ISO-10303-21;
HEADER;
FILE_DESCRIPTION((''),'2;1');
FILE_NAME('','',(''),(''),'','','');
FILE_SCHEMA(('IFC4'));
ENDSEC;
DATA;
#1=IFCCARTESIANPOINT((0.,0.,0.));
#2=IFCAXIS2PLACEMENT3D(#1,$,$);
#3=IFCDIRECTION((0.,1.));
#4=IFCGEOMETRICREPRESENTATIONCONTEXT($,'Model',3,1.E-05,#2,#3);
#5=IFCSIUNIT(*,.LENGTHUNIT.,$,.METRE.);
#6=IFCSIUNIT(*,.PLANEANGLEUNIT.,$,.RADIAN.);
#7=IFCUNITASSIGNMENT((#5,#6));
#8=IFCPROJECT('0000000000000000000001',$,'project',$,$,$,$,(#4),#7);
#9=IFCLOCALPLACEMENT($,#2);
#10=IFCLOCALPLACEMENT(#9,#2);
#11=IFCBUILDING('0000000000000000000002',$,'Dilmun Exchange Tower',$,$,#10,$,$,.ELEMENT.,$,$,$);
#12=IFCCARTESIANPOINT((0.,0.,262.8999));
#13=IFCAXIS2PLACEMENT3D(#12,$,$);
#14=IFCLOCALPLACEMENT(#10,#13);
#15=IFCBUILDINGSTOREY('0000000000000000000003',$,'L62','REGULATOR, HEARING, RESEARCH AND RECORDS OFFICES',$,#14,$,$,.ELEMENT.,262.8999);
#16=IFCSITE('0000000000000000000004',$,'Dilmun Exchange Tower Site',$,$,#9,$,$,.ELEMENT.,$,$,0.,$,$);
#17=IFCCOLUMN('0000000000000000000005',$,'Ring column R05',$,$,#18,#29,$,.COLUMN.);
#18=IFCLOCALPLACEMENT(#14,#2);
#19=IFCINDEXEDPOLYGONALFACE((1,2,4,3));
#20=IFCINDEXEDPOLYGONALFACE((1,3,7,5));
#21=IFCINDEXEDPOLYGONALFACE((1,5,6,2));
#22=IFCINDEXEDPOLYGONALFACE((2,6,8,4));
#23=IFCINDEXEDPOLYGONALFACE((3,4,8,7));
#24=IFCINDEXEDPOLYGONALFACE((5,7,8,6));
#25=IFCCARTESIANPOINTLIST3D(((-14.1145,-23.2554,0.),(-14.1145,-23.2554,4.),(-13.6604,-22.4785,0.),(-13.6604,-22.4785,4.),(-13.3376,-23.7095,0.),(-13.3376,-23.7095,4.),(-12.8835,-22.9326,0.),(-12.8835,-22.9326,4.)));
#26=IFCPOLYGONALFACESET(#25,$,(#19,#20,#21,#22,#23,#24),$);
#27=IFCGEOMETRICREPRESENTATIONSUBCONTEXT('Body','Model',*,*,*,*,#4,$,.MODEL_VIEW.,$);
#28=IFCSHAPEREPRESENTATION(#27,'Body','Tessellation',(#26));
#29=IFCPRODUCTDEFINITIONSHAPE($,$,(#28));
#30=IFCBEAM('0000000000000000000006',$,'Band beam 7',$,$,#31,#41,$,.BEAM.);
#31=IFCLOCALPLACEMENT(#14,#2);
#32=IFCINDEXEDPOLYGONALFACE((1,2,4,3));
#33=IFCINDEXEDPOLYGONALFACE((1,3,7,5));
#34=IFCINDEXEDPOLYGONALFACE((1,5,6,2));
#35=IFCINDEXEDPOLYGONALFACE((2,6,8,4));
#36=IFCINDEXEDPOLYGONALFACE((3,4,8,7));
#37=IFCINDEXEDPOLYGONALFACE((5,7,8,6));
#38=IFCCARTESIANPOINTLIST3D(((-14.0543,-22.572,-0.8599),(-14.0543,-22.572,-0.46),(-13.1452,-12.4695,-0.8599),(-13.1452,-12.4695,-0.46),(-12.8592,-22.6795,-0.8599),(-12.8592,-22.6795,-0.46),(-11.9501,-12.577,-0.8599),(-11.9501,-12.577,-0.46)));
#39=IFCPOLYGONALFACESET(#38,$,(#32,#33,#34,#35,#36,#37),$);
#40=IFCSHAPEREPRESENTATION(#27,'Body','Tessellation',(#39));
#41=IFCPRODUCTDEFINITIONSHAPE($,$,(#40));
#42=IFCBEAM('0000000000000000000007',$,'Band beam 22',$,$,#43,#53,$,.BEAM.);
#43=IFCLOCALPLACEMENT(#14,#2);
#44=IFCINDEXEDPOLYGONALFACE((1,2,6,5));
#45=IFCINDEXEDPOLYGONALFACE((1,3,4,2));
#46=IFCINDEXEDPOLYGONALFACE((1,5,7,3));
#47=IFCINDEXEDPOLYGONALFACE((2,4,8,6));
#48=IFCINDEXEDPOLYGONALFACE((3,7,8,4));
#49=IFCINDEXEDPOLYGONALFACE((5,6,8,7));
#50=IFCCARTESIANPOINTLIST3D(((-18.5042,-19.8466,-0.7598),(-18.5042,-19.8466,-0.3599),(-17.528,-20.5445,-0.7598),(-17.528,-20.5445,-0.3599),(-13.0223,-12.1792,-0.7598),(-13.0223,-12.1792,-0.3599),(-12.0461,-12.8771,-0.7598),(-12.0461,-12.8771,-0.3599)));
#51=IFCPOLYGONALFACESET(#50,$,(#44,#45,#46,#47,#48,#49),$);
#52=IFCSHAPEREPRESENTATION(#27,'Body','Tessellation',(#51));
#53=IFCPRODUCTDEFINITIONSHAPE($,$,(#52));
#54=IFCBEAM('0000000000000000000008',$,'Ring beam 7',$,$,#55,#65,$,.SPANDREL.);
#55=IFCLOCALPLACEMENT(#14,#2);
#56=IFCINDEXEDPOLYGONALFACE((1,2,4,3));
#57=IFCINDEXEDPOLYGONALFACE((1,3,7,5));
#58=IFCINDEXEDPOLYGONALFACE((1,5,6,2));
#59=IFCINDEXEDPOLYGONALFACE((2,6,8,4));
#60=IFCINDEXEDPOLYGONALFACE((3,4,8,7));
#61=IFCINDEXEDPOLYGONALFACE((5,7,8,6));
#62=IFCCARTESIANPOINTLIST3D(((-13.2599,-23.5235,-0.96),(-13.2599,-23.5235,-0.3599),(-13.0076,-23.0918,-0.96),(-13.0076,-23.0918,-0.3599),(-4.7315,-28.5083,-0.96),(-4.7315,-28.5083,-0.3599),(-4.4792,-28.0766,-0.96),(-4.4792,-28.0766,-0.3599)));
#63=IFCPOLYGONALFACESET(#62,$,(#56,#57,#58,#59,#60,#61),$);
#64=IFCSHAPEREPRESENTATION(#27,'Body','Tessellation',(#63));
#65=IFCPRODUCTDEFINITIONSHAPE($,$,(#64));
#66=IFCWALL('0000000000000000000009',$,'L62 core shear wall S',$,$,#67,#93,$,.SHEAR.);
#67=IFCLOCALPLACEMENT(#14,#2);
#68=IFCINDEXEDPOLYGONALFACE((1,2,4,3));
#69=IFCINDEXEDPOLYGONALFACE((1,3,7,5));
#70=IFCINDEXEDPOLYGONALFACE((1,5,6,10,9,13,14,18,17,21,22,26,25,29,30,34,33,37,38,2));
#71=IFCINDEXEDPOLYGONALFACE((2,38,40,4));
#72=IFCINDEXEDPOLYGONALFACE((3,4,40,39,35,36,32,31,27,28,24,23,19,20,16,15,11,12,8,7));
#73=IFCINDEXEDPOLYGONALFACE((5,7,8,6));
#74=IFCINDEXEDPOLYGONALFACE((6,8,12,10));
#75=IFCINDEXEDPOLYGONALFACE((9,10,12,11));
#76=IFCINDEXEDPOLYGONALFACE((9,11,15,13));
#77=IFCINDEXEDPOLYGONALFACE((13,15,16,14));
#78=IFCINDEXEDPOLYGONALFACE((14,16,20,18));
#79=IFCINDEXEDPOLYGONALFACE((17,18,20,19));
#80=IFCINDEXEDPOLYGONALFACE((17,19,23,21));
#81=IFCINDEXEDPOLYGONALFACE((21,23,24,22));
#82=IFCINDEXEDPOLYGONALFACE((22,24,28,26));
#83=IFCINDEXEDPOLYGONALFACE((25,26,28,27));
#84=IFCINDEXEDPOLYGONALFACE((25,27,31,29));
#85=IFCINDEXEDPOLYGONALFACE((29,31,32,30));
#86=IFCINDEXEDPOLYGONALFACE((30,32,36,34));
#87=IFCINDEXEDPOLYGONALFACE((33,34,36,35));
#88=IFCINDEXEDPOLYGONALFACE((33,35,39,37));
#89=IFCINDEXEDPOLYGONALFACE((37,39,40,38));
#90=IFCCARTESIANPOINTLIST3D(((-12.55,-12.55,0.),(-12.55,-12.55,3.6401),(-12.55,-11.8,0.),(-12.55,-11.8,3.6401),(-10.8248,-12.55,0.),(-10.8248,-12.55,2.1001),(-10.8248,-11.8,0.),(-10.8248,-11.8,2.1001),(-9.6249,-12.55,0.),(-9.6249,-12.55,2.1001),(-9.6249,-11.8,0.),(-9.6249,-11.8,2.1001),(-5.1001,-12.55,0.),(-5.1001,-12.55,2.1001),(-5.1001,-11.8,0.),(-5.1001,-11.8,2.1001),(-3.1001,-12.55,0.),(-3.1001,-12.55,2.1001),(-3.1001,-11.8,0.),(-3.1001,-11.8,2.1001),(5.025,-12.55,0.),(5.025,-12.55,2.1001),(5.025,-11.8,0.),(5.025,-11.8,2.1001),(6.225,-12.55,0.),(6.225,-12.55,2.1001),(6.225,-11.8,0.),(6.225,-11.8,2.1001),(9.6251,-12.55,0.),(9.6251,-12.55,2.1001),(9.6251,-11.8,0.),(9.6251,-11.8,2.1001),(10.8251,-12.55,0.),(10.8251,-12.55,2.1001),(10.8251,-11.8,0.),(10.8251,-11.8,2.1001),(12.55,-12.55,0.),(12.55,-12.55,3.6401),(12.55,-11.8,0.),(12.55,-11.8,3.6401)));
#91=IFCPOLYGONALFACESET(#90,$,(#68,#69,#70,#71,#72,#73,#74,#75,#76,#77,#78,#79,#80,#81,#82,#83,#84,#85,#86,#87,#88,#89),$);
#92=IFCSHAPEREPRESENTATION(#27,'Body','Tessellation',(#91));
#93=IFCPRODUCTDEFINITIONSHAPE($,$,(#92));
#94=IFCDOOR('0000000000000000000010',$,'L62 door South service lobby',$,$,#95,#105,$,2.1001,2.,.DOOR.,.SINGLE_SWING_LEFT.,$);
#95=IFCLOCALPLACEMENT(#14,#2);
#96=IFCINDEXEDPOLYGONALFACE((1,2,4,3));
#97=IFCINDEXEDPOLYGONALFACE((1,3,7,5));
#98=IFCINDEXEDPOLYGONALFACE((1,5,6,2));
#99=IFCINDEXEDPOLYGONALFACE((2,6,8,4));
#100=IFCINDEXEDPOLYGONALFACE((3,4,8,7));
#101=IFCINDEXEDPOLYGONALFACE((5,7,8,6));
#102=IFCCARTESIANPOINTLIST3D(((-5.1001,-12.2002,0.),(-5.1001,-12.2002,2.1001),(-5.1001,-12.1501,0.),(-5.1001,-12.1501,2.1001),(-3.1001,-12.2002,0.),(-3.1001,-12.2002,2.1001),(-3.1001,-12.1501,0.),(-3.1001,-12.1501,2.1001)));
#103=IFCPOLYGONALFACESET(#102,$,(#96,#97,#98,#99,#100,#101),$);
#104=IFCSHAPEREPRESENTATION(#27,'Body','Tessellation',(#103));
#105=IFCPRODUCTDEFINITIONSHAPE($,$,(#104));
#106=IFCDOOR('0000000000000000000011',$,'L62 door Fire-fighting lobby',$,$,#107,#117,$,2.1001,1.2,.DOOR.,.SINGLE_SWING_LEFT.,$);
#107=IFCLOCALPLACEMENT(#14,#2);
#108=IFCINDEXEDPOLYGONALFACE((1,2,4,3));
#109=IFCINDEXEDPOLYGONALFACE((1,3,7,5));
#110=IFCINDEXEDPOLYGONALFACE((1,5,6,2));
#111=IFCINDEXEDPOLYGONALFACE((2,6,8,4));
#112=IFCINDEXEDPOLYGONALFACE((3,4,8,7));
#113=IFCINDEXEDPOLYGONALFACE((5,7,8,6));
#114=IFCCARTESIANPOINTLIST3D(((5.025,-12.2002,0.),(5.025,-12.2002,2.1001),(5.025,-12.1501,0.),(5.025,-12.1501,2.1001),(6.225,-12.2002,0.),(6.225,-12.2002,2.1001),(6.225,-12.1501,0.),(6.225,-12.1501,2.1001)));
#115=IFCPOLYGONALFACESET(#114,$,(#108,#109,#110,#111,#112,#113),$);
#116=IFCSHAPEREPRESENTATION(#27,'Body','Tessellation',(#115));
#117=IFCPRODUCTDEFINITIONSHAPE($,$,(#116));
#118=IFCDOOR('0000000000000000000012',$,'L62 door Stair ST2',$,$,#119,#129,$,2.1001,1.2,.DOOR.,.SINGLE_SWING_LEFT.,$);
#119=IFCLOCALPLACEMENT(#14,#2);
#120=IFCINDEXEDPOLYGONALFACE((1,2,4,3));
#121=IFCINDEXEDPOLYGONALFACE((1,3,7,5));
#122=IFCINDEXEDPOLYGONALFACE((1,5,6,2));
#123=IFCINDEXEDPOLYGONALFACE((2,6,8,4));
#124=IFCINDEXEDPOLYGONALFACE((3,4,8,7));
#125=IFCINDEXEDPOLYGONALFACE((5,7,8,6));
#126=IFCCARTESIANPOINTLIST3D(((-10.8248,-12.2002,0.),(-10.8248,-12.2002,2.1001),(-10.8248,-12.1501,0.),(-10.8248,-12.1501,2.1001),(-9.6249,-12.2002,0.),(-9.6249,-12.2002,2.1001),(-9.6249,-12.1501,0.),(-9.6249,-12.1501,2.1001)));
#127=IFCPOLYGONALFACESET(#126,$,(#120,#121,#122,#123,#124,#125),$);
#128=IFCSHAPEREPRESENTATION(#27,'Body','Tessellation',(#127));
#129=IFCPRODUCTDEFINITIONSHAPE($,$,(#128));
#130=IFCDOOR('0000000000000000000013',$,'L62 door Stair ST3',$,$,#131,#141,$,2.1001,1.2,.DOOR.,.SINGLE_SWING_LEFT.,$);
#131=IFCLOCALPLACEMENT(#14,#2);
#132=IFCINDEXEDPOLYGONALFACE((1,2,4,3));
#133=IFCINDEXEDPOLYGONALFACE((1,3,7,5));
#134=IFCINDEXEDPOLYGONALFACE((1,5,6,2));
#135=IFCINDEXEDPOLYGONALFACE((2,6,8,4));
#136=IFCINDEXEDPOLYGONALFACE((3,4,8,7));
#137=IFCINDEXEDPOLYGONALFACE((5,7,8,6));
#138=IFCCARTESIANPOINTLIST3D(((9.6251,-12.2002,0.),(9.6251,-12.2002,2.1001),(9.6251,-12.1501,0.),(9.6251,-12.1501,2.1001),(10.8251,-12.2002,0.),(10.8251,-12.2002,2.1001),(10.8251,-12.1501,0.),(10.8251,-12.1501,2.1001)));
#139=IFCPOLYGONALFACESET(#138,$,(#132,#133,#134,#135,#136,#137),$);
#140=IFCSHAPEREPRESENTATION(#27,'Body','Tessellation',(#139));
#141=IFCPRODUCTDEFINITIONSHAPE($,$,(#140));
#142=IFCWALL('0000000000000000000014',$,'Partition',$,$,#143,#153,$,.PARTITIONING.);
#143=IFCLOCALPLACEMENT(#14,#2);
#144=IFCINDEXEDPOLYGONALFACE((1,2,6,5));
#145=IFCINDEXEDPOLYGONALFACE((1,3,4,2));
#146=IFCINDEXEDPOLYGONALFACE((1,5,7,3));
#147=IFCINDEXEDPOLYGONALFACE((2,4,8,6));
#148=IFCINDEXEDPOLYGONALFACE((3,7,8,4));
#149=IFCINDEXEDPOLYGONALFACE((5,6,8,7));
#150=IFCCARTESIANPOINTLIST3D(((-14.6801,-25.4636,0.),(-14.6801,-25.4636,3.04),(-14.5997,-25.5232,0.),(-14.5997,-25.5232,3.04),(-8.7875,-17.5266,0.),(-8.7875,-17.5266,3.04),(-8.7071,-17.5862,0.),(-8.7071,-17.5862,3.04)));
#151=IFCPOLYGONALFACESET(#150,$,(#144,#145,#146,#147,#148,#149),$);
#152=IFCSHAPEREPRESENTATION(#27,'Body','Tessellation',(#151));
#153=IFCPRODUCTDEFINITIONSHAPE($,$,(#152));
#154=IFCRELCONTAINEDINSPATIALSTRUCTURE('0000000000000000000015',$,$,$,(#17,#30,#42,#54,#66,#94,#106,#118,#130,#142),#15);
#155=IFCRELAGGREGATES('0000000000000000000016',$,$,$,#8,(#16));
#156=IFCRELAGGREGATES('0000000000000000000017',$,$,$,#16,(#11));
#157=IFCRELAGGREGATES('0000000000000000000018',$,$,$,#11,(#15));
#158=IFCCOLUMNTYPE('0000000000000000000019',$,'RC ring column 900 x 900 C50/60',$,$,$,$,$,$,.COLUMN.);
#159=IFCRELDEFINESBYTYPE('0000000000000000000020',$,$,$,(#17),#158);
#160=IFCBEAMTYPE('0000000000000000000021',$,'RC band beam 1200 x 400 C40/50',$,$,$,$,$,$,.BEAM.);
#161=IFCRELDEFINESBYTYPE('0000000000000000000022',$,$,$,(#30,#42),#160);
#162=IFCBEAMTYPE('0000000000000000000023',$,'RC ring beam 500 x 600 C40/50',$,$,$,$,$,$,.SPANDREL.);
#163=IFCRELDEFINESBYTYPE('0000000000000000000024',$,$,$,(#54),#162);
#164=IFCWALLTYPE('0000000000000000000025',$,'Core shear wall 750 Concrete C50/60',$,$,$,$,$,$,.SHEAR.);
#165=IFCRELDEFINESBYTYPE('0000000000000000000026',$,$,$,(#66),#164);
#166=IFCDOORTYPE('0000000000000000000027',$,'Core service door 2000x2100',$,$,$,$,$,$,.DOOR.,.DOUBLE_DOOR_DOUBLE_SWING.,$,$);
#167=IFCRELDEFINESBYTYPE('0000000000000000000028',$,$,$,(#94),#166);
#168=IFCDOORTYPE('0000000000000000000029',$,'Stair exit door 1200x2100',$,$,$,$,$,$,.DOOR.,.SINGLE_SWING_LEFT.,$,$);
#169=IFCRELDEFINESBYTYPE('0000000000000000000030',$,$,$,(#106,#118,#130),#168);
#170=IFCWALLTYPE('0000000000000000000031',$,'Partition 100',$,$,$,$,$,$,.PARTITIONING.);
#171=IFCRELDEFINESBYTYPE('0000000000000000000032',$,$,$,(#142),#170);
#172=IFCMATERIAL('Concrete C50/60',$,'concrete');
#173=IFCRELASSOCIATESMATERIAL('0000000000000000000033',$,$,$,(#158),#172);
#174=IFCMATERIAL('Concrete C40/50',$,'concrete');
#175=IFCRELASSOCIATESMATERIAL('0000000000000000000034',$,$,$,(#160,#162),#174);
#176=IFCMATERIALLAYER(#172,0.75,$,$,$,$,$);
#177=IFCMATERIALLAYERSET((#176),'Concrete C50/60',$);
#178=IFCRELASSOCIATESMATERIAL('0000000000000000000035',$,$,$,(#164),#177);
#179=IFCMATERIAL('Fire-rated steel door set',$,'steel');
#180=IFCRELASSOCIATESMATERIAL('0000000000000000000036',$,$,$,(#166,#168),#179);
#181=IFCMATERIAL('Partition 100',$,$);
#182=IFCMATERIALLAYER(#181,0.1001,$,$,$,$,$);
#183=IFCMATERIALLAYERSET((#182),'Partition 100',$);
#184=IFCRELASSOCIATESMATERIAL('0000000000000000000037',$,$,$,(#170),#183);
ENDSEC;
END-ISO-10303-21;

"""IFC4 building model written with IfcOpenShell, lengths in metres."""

from ifc_helpers import new_model, si_unit, direction, frame, frame_2d, origin, origin_2d, place, context, subcontext, project, spatial, rectangle, extrude, material, layer, layer_set, material_profile, profile_set, type_object, element, fill, save


model = new_model("IFC4")

# Units and contexts
model_context = context("Model", 3, precision=1e-05, world=origin(), true_north=direction((0.0, 1.0)))
body_context = subcontext(model_context, "Body", "Model", "MODEL_VIEW")
ifc_project = project(units=[si_unit("LENGTHUNIT", "METRE"), si_unit("PLANEANGLEUNIT", "RADIAN")], contexts=[model_context])

# Site, building, storey
site_placement = place(None, origin())
site = spatial("IfcSite", under=ifc_project, at=site_placement, Name="Dilmun Exchange Tower Site", CompositionType="ELEMENT", RefElevation=0.0)
building_placement = place(site_placement, origin())
building = spatial("IfcBuilding", under=site, at=building_placement, Name="Dilmun Exchange Tower", CompositionType="ELEMENT")
storey_placement = place(building_placement, frame((0.0, 0.0, 262.8999)))
storey = spatial("IfcBuildingStorey", under=building, at=storey_placement, Name="L62", Description="REGULATOR, HEARING, RESEARCH AND RECORDS OFFICES", CompositionType="ELEMENT", Elevation=262.8999)

# Column
ifc_material_1 = material(Name="Concrete C50/60", Category="concrete")
ifc_material_profile_1 = material_profile(ifc_material_1, rectangle(XDim=0.8999, YDim=0.8999, at=origin_2d()), Name="900 x 900")
ifc_profile_set_1 = profile_set([ifc_material_profile_1], Name="Concrete C50/60")
column_type = type_object("IfcColumnType", Name="RC ring column 900 x 900 C50/60", PredefinedType="COLUMN", material=ifc_profile_set_1)
column_placement = place(storey_placement, frame((-13.499, -23.094, 0.0), z_axis=(0.0, 0.0, 1.0), x_axis=(0.504644, 0.863328, 0.0)))
element("IfcColumn", 1, at=column_placement, inside=storey, type_object=column_type, Name="Ring column R05", PredefinedType="COLUMN", context=body_context, shape_type="SweptSolid", body=[
    extrude(rectangle(XDim=0.8999, YDim=0.8999, at=origin_2d()), origin(), (0.0, 0.0, 1.0), 4.0),
])

# Beams
ifc_material_2 = material(Name="Concrete C40/50", Category="concrete")
ifc_material_profile_2 = material_profile(ifc_material_2, rectangle(XDim=1.2, YDim=0.3999, at=origin_2d()), Name="1200 x 400")
ifc_profile_set_2 = profile_set([ifc_material_profile_2], Name="Concrete C40/50")
beam_type_1 = type_object("IfcBeamType", Name="RC band beam 1200 x 400 C40/50", PredefinedType="BEAM", material=ifc_profile_set_2)
beam_1_placement = place(storey_placement, frame((-13.4568, -22.6257, -0.6599), z_axis=(0.089633, 0.995975, 0.0), x_axis=(-0.995975, 0.089633, 0.0)))
element("IfcBeam", 2, at=beam_1_placement, inside=storey, type_object=beam_type_1, Name="Band beam 7", PredefinedType="BEAM", context=body_context, shape_type="SweptSolid", body=[
    extrude(rectangle(XDim=1.2, YDim=0.3999, at=origin_2d()), origin(), (0.0, 0.0, 1.0), 10.1433),
])
beam_2_placement = place(storey_placement, frame((-18.0161, -20.1956, -0.5598), z_axis=(0.581601, 0.813474, 0.0), x_axis=(-0.813474, 0.581601, 0.0)))
element("IfcBeam", 3, at=beam_2_placement, inside=storey, type_object=beam_type_1, Name="Band beam 22", PredefinedType="BEAM", context=body_context, shape_type="SweptSolid", body=[
    extrude(rectangle(XDim=1.2, YDim=0.3999, at=origin_2d()), origin(), (0.0, 0.0, 1.0), 9.4255),
])
ifc_material_profile_3 = material_profile(ifc_material_2, rectangle(XDim=0.5, YDim=0.6001, at=origin_2d()), Name="500 x 600")
ifc_profile_set_3 = profile_set([ifc_material_profile_3], Name="Concrete C40/50")
beam_type_2 = type_object("IfcBeamType", Name="RC ring beam 500 x 600 C40/50", PredefinedType="SPANDREL", material=ifc_profile_set_3)
beam_3_placement = place(storey_placement, frame((-13.1338, -23.3076, -0.6599), z_axis=(0.863344, -0.504616, 0.0), x_axis=(0.504616, 0.863344, 0.0)))
element("IfcBeam", 4, at=beam_3_placement, inside=storey, type_object=beam_type_2, Name="Ring beam 7", PredefinedType="SPANDREL", context=body_context, shape_type="SweptSolid", body=[
    extrude(rectangle(XDim=0.5, YDim=0.6001, at=origin_2d()), origin(), (0.0, 0.0, 1.0), 9.8784),
])

# Wall, openings, doors
ifc_layer_1 = layer(ifc_material_1, 0.75)
ifc_layer_set_1 = layer_set([ifc_layer_1], Name="Concrete C50/60")
wall_type_1 = type_object("IfcWallType", Name="Core shear wall 750 Concrete C50/60", PredefinedType="SHEAR", material=ifc_layer_set_1)
wall_1_placement = place(storey_placement, frame((-12.55, -12.175, 0.0), z_axis=(0.0, 0.0, 1.0), x_axis=(1.0, 0.0, 0.0)))
wall_1 = element("IfcWall", 5, at=wall_1_placement, inside=storey, type_object=wall_type_1, Name="L62 core shear wall S", PredefinedType="SHEAR", context=body_context, shape_type="SweptSolid", body=[
    extrude(rectangle(XDim=25.1001, YDim=0.75, at=frame_2d((12.55, 0.0))), origin(), (0.0, 0.0, 1.0), 3.6401),
])
opening_1_placement = place(wall_1_placement, frame((7.45, 0.0, 0.0)))
opening_1 = element("IfcOpeningElement", 6, at=opening_1_placement, cuts=wall_1, PredefinedType="OPENING", context=body_context, shape_type="SweptSolid", body=[
    extrude(rectangle(XDim=2.0, YDim=2.1001, at=frame_2d((1.0, 1.05))), frame((0.0, 0.385, 0.0), z_axis=(0.0, -1.0, 0.0), x_axis=(1.0, 0.0, 0.0)), (0.0, 0.0, 1.0), 0.77),
])
opening_2_placement = place(wall_1_placement, frame((17.575, 0.0, 0.0)))
opening_2 = element("IfcOpeningElement", 7, at=opening_2_placement, cuts=wall_1, PredefinedType="OPENING", context=body_context, shape_type="SweptSolid", body=[
    extrude(rectangle(XDim=1.2, YDim=2.1001, at=frame_2d((0.6001, 1.05))), frame((0.0, 0.385, 0.0), z_axis=(0.0, -1.0, 0.0), x_axis=(1.0, 0.0, 0.0)), (0.0, 0.0, 1.0), 0.77),
])
opening_3_placement = place(wall_1_placement, frame((1.7251, 0.0, 0.0)))
opening_3 = element("IfcOpeningElement", 8, at=opening_3_placement, cuts=wall_1, PredefinedType="OPENING", context=body_context, shape_type="SweptSolid", body=[
    extrude(rectangle(XDim=1.2, YDim=2.1001, at=frame_2d((0.6001, 1.05))), frame((0.0, 0.385, 0.0), z_axis=(0.0, -1.0, 0.0), x_axis=(1.0, 0.0, 0.0)), (0.0, 0.0, 1.0), 0.77),
])
opening_4_placement = place(wall_1_placement, frame((22.175, 0.0, 0.0)))
opening_4 = element("IfcOpeningElement", 9, at=opening_4_placement, cuts=wall_1, PredefinedType="OPENING", context=body_context, shape_type="SweptSolid", body=[
    extrude(rectangle(XDim=1.2, YDim=2.1001, at=frame_2d((0.6001, 1.05))), frame((0.0, 0.385, 0.0), z_axis=(0.0, -1.0, 0.0), x_axis=(1.0, 0.0, 0.0)), (0.0, 0.0, 1.0), 0.77),
])
ifc_material_3 = material(Name="Fire-rated steel door set", Category="steel")
door_type_1 = type_object("IfcDoorType", Name="Core service door 2000x2100", OperationType="DOUBLE_DOOR_DOUBLE_SWING", PredefinedType="DOOR", material=ifc_material_3)
door_1_placement = place(opening_1_placement, origin())
door_1 = element("IfcDoor", 10, at=door_1_placement, inside=storey, type_object=door_type_1, Name="L62 door South service lobby", OperationType="SINGLE_SWING_LEFT", OverallHeight=2.1001, OverallWidth=2.0, PredefinedType="DOOR", context=body_context, shape_type="SweptSolid", body=[
    extrude(rectangle(XDim=2.0, YDim=2.1001, at=frame_2d((1.0, 1.05))), frame((0.0, 0.0249, 0.0), z_axis=(0.0, -1.0, 0.0), x_axis=(1.0, 0.0, 0.0)), (0.0, 0.0, 1.0), 0.05),
])
fill(opening_1, door_1)
door_type_2 = type_object("IfcDoorType", Name="Stair exit door 1200x2100", OperationType="SINGLE_SWING_LEFT", PredefinedType="DOOR", material=ifc_material_3)
door_2_placement = place(opening_2_placement, origin())
door_2 = element("IfcDoor", 11, at=door_2_placement, inside=storey, type_object=door_type_2, Name="L62 door Fire-fighting lobby", OperationType="SINGLE_SWING_LEFT", OverallHeight=2.1001, OverallWidth=1.2, PredefinedType="DOOR", context=body_context, shape_type="SweptSolid", body=[
    extrude(rectangle(XDim=1.2, YDim=2.1001, at=frame_2d((0.6001, 1.05))), frame((0.0, 0.0249, 0.0), z_axis=(0.0, -1.0, 0.0), x_axis=(1.0, 0.0, 0.0)), (0.0, 0.0, 1.0), 0.05),
])
fill(opening_2, door_2)
door_3_placement = place(opening_3_placement, origin())
door_3 = element("IfcDoor", 12, at=door_3_placement, inside=storey, type_object=door_type_2, Name="L62 door Stair ST2", OperationType="SINGLE_SWING_LEFT", OverallHeight=2.1001, OverallWidth=1.2, PredefinedType="DOOR", context=body_context, shape_type="SweptSolid", body=[
    extrude(rectangle(XDim=1.2, YDim=2.1001, at=frame_2d((0.6001, 1.05))), frame((0.0, 0.0249, 0.0), z_axis=(0.0, -1.0, 0.0), x_axis=(1.0, 0.0, 0.0)), (0.0, 0.0, 1.0), 0.05),
])
fill(opening_3, door_3)
door_4_placement = place(opening_4_placement, origin())
door_4 = element("IfcDoor", 13, at=door_4_placement, inside=storey, type_object=door_type_2, Name="L62 door Stair ST3", OperationType="SINGLE_SWING_LEFT", OverallHeight=2.1001, OverallWidth=1.2, PredefinedType="DOOR", context=body_context, shape_type="SweptSolid", body=[
    extrude(rectangle(XDim=1.2, YDim=2.1001, at=frame_2d((0.6001, 1.05))), frame((0.0, 0.0249, 0.0), z_axis=(0.0, -1.0, 0.0), x_axis=(1.0, 0.0, 0.0)), (0.0, 0.0, 1.0), 0.05),
])
fill(opening_4, door_4)

# Wall
ifc_material_4 = material(Name="Partition 100")
ifc_layer_2 = layer(ifc_material_4, 0.1001)
ifc_layer_set_2 = layer_set([ifc_layer_2], Name="Partition 100")
wall_type_2 = type_object("IfcWallType", Name="Partition 100", PredefinedType="PARTITIONING", material=ifc_layer_set_2)
wall_2_placement = place(storey_placement, frame((-14.6399, -25.4934, 0.0), z_axis=(0.0, 0.0, 1.0), x_axis=(0.596097, 0.802913, 0.0)))
element("IfcWall", 14, at=wall_2_placement, inside=storey, type_object=wall_type_2, Name="Partition", PredefinedType="PARTITIONING", context=body_context, shape_type="SweptSolid", body=[
    extrude(rectangle(XDim=9.8853, YDim=0.1001, at=frame_2d((4.9426, 0.0))), origin(), (0.0, 0.0, 1.0), 3.04),
])

save(model, "model.ifc")
